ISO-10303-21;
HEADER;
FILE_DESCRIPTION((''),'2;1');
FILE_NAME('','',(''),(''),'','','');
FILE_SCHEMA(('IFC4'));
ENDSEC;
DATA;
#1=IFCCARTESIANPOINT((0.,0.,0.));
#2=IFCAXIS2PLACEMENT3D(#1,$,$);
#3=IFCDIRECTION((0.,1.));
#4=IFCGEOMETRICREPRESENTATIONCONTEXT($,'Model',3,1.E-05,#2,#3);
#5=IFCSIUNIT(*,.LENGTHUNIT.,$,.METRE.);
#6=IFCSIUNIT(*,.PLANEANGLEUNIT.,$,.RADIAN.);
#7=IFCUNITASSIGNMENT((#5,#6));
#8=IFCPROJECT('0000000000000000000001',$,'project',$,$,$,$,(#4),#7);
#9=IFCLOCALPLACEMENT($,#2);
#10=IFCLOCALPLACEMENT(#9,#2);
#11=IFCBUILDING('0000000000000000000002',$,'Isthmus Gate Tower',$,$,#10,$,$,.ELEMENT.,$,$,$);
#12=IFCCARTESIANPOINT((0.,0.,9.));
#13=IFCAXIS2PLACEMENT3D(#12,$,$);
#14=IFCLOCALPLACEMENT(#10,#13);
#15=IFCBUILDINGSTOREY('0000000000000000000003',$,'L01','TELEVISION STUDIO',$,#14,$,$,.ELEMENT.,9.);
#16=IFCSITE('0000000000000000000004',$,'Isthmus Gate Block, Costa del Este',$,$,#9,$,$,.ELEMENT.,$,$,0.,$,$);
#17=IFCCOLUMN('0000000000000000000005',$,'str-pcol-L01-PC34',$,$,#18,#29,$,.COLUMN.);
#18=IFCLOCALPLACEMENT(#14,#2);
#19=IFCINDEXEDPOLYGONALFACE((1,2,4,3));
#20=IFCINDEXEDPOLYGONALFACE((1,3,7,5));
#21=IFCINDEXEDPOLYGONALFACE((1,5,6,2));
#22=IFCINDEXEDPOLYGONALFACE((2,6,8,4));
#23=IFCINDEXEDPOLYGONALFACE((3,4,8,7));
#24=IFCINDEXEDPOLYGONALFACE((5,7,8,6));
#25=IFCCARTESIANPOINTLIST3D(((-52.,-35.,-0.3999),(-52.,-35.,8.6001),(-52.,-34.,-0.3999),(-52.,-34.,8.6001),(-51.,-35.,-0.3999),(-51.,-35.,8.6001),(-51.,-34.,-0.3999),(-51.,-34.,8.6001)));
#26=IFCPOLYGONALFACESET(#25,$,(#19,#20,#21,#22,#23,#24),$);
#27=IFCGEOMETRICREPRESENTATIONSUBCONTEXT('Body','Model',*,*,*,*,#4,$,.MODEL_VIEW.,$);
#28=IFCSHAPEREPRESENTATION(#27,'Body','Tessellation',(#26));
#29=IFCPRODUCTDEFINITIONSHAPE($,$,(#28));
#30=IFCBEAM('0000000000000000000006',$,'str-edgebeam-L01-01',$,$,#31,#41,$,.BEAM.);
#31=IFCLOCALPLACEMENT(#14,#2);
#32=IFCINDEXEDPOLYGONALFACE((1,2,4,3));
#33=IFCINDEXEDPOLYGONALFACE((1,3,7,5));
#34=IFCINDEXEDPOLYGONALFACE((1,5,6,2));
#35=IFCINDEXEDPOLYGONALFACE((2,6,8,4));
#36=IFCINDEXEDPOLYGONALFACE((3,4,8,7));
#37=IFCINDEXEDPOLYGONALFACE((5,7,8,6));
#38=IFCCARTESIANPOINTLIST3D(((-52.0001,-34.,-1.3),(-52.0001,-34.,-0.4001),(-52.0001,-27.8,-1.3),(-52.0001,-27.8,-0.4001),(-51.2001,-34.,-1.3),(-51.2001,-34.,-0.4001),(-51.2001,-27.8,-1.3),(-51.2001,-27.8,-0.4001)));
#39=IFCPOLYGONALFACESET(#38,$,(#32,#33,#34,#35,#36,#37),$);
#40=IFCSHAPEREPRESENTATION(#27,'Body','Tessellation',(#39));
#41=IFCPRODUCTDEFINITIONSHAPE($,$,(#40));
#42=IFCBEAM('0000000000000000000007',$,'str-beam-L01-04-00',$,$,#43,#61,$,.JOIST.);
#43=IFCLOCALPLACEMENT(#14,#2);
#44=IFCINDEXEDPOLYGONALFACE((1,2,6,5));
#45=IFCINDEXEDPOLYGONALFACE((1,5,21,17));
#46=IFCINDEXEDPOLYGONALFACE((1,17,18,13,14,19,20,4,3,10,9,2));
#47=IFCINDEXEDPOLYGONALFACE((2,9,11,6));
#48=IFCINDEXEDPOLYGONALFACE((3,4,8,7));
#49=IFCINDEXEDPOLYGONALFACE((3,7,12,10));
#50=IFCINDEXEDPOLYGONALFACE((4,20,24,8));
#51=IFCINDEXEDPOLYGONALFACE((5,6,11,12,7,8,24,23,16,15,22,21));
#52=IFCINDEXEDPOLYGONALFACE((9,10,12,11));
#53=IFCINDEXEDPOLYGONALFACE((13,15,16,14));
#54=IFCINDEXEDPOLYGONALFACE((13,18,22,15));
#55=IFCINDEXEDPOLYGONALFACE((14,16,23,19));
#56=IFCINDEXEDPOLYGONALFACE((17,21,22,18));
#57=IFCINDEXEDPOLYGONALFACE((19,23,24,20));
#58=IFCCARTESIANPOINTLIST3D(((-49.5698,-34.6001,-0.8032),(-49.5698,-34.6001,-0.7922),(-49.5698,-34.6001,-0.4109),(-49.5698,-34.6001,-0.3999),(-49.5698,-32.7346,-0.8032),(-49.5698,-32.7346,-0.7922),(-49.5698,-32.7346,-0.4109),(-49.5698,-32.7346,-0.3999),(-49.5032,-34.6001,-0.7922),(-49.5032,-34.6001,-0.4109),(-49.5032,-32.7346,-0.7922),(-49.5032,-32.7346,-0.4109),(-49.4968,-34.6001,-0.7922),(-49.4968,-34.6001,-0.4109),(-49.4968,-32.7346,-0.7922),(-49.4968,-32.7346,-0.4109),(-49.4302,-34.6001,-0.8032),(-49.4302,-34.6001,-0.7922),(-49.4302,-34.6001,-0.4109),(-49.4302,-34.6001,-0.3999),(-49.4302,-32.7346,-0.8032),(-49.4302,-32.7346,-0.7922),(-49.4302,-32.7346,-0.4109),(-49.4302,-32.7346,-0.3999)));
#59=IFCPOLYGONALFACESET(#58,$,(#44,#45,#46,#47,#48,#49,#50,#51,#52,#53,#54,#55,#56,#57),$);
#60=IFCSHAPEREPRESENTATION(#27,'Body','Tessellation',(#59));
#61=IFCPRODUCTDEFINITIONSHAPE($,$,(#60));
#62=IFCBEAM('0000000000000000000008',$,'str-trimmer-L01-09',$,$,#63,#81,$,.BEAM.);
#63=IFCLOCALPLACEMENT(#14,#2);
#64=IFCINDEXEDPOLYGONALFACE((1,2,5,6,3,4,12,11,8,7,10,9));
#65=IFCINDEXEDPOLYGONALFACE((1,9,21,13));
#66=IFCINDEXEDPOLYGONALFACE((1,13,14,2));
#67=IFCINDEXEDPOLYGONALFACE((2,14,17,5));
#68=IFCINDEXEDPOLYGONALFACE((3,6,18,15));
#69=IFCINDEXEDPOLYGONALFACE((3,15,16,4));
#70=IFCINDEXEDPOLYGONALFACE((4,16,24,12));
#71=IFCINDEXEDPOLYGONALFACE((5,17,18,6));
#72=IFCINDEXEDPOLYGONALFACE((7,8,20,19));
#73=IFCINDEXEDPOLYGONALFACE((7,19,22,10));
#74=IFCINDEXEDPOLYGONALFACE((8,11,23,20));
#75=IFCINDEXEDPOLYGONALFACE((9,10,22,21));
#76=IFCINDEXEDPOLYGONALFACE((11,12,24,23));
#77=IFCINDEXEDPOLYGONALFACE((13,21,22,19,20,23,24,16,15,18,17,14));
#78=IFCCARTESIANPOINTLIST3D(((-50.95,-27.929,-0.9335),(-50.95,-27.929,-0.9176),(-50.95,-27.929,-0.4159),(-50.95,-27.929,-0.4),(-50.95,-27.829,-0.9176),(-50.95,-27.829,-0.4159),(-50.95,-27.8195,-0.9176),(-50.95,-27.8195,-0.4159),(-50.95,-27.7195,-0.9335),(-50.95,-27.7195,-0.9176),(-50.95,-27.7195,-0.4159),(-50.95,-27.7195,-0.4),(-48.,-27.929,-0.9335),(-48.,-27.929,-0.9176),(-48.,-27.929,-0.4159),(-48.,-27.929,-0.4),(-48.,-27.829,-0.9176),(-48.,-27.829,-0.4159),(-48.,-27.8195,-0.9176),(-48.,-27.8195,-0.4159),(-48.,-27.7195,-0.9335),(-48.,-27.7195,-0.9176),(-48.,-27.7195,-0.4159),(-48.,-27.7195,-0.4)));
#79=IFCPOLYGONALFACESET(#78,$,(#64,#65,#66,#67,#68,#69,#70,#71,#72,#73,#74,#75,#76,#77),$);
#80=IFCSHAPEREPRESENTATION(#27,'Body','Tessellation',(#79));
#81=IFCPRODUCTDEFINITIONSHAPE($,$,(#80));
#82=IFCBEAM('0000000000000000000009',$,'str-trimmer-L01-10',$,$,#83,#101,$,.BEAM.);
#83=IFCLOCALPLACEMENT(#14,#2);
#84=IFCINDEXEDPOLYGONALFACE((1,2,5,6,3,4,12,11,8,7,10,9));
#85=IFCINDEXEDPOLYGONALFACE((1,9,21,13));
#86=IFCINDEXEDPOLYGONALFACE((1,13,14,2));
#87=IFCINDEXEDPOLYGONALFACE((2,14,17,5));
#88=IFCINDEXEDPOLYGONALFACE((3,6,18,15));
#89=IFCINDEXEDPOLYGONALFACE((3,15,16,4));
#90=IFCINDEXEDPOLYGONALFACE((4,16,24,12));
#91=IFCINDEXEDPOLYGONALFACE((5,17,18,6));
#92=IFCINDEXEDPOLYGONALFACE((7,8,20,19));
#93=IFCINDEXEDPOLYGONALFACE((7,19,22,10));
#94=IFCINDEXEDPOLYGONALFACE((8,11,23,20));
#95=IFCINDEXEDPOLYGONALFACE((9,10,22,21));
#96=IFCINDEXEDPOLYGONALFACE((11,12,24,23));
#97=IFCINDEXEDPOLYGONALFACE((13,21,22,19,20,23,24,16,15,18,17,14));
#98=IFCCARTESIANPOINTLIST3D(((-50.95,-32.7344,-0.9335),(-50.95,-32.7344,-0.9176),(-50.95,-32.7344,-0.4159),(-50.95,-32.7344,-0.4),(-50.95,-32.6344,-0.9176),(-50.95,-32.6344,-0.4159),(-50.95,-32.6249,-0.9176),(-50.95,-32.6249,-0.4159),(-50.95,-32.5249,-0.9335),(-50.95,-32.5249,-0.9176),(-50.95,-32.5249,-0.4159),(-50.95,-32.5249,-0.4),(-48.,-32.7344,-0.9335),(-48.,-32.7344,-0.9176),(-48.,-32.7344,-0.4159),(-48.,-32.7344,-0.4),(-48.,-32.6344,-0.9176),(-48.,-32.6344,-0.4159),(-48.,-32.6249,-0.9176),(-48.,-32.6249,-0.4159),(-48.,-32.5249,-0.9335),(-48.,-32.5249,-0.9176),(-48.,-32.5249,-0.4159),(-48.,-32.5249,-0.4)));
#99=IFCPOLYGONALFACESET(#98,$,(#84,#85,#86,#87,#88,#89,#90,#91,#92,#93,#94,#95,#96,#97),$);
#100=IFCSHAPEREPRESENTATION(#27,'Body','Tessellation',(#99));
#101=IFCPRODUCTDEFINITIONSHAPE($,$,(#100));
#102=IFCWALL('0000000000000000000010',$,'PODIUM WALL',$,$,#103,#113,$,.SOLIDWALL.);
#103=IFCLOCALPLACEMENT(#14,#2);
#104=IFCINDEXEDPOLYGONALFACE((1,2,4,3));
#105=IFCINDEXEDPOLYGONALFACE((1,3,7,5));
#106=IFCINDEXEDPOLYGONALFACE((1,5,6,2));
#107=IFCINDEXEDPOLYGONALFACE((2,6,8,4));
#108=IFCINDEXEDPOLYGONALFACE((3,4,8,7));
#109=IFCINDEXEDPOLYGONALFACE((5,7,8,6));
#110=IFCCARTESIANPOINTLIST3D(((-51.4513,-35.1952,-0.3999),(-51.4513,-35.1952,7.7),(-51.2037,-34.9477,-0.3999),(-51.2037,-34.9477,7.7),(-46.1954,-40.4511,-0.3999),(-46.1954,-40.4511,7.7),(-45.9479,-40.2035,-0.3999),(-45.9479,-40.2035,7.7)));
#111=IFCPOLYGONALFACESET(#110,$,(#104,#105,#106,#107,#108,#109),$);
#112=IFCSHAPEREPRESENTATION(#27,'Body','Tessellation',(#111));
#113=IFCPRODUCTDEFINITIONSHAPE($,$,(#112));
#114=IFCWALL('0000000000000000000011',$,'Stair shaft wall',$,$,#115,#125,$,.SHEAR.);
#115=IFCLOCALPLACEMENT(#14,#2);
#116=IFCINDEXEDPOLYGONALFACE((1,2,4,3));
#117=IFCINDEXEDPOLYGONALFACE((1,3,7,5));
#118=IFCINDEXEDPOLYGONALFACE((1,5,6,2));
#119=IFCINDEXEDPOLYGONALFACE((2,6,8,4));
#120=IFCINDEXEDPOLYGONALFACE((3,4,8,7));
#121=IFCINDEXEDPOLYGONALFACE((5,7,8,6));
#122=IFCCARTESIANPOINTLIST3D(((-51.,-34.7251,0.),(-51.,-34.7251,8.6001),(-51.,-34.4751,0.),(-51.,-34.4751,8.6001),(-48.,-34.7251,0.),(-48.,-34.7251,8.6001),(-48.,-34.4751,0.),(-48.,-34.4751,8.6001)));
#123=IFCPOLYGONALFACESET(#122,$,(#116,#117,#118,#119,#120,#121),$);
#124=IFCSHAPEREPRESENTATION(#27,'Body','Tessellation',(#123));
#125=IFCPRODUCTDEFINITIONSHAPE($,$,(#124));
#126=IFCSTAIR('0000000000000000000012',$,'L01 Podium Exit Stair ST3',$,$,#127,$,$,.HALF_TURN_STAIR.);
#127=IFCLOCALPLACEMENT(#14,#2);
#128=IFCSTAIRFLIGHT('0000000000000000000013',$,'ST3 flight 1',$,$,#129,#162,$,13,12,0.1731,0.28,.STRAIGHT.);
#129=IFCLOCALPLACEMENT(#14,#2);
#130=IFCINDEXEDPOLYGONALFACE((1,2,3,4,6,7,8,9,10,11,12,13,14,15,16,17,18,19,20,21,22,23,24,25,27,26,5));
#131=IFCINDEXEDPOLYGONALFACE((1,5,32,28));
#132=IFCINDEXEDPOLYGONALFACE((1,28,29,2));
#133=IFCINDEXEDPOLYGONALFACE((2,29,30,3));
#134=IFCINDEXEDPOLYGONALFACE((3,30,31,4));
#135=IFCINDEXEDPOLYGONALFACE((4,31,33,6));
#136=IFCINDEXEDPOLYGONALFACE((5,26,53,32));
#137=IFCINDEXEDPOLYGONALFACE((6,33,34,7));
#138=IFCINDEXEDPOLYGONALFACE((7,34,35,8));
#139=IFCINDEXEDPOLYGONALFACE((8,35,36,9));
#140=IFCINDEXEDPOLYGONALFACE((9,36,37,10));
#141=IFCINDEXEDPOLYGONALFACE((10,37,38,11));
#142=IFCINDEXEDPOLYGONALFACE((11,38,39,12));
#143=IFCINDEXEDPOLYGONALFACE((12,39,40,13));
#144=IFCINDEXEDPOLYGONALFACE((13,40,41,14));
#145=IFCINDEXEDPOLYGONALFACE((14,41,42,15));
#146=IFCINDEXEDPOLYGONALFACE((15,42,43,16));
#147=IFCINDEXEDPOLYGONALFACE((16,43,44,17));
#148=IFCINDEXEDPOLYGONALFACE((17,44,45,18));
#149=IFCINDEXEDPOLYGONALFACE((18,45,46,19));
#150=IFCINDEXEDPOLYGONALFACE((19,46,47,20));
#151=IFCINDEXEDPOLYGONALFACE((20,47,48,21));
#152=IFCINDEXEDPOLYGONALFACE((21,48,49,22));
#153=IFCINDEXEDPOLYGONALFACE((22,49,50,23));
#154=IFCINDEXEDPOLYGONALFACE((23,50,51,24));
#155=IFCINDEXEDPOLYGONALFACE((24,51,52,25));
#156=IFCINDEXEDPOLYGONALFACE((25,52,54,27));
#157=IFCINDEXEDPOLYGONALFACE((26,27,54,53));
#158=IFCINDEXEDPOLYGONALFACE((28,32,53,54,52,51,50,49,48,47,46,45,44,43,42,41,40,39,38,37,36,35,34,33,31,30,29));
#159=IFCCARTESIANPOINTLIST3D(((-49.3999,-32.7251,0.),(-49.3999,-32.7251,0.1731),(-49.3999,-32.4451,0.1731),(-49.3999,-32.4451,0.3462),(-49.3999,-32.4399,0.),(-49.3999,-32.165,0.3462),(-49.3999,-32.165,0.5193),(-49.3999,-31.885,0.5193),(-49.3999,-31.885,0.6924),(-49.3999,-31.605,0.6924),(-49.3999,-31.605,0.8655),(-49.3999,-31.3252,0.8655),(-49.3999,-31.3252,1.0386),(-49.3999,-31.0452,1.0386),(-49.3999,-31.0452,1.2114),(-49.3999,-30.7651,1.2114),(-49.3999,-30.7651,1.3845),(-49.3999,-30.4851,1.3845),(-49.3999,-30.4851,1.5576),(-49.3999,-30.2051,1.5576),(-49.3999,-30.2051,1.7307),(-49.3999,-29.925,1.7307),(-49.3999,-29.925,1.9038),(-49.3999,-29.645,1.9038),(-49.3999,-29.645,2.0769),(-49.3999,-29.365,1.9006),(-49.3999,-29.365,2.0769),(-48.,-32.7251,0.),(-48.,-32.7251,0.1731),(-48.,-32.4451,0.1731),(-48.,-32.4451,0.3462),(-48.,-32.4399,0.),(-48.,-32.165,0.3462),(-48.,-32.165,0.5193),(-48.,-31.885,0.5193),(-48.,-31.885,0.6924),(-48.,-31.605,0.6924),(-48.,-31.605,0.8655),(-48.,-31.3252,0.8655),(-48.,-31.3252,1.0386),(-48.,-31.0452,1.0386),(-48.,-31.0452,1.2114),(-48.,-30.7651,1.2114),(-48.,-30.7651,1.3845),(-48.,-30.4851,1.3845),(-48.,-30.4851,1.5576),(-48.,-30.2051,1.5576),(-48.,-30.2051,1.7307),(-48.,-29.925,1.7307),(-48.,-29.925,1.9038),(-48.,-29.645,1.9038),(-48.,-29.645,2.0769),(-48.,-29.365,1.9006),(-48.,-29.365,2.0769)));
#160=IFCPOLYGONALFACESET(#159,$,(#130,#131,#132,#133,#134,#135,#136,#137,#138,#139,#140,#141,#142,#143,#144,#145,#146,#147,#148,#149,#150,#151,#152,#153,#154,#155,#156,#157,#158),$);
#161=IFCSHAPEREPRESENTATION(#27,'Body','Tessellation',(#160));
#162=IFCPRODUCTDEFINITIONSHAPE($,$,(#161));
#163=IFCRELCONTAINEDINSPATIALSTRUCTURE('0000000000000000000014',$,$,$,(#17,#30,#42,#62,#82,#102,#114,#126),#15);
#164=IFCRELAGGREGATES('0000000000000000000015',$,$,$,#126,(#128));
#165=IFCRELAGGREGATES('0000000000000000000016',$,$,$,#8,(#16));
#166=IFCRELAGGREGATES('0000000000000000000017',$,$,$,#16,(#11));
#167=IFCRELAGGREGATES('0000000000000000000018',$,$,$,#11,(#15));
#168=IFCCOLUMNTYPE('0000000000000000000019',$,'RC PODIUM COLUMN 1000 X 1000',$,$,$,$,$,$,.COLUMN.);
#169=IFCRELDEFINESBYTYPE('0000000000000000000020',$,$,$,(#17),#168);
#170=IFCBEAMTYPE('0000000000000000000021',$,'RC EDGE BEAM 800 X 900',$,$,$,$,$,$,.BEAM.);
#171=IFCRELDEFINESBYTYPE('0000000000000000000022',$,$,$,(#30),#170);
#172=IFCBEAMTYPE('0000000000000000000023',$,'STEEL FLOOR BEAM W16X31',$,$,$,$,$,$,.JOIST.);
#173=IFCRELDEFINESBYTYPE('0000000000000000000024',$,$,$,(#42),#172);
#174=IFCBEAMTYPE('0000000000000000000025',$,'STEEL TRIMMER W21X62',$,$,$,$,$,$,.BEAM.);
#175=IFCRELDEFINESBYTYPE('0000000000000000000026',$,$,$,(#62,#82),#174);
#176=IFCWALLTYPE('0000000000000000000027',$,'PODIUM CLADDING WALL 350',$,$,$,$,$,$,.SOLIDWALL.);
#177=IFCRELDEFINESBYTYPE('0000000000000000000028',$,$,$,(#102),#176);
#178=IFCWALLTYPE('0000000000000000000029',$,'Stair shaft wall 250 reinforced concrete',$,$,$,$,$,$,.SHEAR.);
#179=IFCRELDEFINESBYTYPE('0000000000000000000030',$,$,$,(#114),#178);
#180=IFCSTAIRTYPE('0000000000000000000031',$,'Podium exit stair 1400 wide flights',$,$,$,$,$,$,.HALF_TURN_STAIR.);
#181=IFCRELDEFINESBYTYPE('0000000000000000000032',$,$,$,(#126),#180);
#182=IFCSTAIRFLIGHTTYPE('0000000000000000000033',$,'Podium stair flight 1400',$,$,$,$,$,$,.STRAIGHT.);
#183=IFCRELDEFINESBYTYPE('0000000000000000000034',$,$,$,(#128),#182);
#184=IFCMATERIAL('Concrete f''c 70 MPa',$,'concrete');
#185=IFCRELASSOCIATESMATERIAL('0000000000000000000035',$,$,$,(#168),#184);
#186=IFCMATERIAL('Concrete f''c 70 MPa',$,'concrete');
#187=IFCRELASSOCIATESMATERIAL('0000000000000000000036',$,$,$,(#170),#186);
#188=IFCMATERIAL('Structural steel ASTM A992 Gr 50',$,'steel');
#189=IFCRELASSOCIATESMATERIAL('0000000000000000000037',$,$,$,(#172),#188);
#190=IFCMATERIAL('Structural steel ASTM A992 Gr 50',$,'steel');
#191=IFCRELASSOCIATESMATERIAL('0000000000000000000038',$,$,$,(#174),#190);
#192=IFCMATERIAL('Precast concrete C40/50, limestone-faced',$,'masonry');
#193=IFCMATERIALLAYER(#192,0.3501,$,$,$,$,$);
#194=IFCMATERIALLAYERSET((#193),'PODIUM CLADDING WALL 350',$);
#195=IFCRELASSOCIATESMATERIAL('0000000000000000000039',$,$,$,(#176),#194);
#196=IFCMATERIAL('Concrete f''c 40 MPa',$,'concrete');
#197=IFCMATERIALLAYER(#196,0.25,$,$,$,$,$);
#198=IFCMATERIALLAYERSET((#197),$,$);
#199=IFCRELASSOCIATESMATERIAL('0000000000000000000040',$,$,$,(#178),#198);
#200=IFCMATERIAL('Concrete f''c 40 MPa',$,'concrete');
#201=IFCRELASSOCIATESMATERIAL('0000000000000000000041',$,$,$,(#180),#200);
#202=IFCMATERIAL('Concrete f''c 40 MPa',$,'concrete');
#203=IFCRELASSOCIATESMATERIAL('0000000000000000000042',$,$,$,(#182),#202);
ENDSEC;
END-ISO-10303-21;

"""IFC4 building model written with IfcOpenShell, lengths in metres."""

from ifc_helpers import new_model, si_unit, direction, frame, frame_2d, origin, origin_2d, place, context, subcontext, project, spatial, polyline, rectangle, i_section, outline, extrude, material, layer, layer_set, material_profile, profile_set, type_object, element, aggregate, save


model = new_model("IFC4")

# Units and contexts
model_context = context("Model", 3, precision=1e-05, world=origin(), true_north=direction((0.0, 1.0)))
body_context = subcontext(model_context, "Body", "Model", "MODEL_VIEW")
ifc_project = project(units=[si_unit("LENGTHUNIT", "METRE"), si_unit("PLANEANGLEUNIT", "RADIAN")], contexts=[model_context])

# Site, building, storey
site_placement = place(None, origin())
site = spatial("IfcSite", under=ifc_project, at=site_placement, Name="Isthmus Gate Block, Costa del Este", CompositionType="ELEMENT", RefElevation=0.0)
building_placement = place(site_placement, origin())
building = spatial("IfcBuilding", under=site, at=building_placement, Name="Isthmus Gate Tower", CompositionType="ELEMENT")
storey_placement = place(building_placement, frame((0.0, 0.0, 9.0)))
storey = spatial("IfcBuildingStorey", under=building, at=storey_placement, Name="L01", Description="TELEVISION STUDIO", CompositionType="ELEMENT", Elevation=9.0)

# Column
ifc_material_1 = material(Name="Concrete f'c 70 MPa", Category="concrete")
ifc_material_profile_1 = material_profile(ifc_material_1, rectangle(XDim=1.0, YDim=1.0, at=origin_2d()), Name="RC 1000X1000")
ifc_profile_set_1 = profile_set([ifc_material_profile_1], Name="Concrete f'c 70 MPa")
column_type = type_object("IfcColumnType", Name="RC PODIUM COLUMN 1000 X 1000", PredefinedType="COLUMN", material=ifc_profile_set_1)
column_placement = place(storey_placement, frame((-51.5, -34.5, -0.3999), z_axis=(0.0, 0.0, 1.0), x_axis=(0.0, -1.0, 0.0)))
element("IfcColumn", 1, at=column_placement, inside=storey, type_object=column_type, Name="str-pcol-L01-PC34", PredefinedType="COLUMN", context=body_context, shape_type="SweptSolid", body=[
    extrude(rectangle(XDim=1.0, YDim=1.0, at=origin_2d()), origin(), (0.0, 0.0, 1.0), 9.0),
])

# Beams
ifc_material_2 = material(Name="Concrete f'c 70 MPa", Category="concrete")
ifc_material_profile_2 = material_profile(ifc_material_2, rectangle(XDim=0.8, YDim=0.8999, at=origin_2d()), Name="RC 800X900")
ifc_profile_set_2 = profile_set([ifc_material_profile_2], Name="Concrete f'c 70 MPa")
beam_type_1 = type_object("IfcBeamType", Name="RC EDGE BEAM 800 X 900", PredefinedType="BEAM", material=ifc_profile_set_2)
beam_1_placement = place(storey_placement, frame((-51.6001, -34.0, -0.8501), z_axis=(0.0, 1.0, 0.0), x_axis=(-1.0, 0.0, 0.0)))
element("IfcBeam", 2, at=beam_1_placement, inside=storey, type_object=beam_type_1, Name="str-edgebeam-L01-01", PredefinedType="BEAM", context=body_context, shape_type="SweptSolid", body=[
    extrude(rectangle(XDim=0.8, YDim=0.8999, at=origin_2d()), origin(), (0.0, 0.0, 1.0), 6.2),
])
ifc_material_3 = material(Name="Structural steel ASTM A992 Gr 50", Category="steel")
ifc_material_profile_3 = material_profile(ifc_material_3, i_section(OverallWidth=0.1396, OverallDepth=0.4033, WebThickness=0.0063, FlangeThickness=0.011, at=origin_2d()), Name="W16X31")
ifc_profile_set_3 = profile_set([ifc_material_profile_3], Name="Structural steel ASTM A992 Gr 50")
beam_type_2 = type_object("IfcBeamType", Name="STEEL FLOOR BEAM W16X31", PredefinedType="JOIST", material=ifc_profile_set_3)
beam_2_placement = place(storey_placement, frame((-49.5, -34.6001, -0.6016), z_axis=(0.0, 1.0, 0.0), x_axis=(-1.0, 0.0, 0.0)))
element("IfcBeam", 3, at=beam_2_placement, inside=storey, type_object=beam_type_2, Name="str-beam-L01-04-00", PredefinedType="JOIST", context=body_context, shape_type="SweptSolid", body=[
    extrude(i_section(OverallWidth=0.1396, OverallDepth=0.4033, WebThickness=0.0063, FlangeThickness=0.011, at=origin_2d()), origin(), (0.0, 0.0, 1.0), 1.8655),
])
ifc_material_4 = material(Name="Structural steel ASTM A992 Gr 50", Category="steel")
ifc_material_profile_4 = material_profile(ifc_material_4, i_section(OverallWidth=0.2095, OverallDepth=0.5334, WebThickness=0.0095, FlangeThickness=0.0159, at=origin_2d()), Name="W21X62")
ifc_profile_set_4 = profile_set([ifc_material_profile_4], Name="Structural steel ASTM A992 Gr 50")
beam_type_3 = type_object("IfcBeamType", Name="STEEL TRIMMER W21X62", PredefinedType="BEAM", material=ifc_profile_set_4)
for number, where, z_axis, x_axis, name in (
    (4, (-48.0, -27.8242, -0.6667), (-1.0, 0.0, 0.0), (0.0, -1.0, 0.0), "str-trimmer-L01-09"),
    (5, (-50.95, -32.6296, -0.6667), (1.0, 0.0, 0.0), (0.0, 1.0, 0.0), "str-trimmer-L01-10"),
):
    element("IfcBeam", number, at=place(storey_placement, frame(where, z_axis=z_axis, x_axis=x_axis)), inside=storey, type_object=beam_type_3, Name=name, PredefinedType="BEAM", context=body_context, shape_type="SweptSolid", body=[
        extrude(i_section(OverallWidth=0.2095, OverallDepth=0.5334, WebThickness=0.0095, FlangeThickness=0.0159, at=origin_2d()), origin(), (0.0, 0.0, 1.0), 2.95),
    ])

# Walls
ifc_material_5 = material(Name="Precast concrete C40/50, limestone-faced", Category="masonry")
ifc_layer_1 = layer(ifc_material_5, 0.3501)
ifc_layer_set_1 = layer_set([ifc_layer_1], Name="PODIUM CLADDING WALL 350")
wall_type_1 = type_object("IfcWallType", Name="PODIUM CLADDING WALL 350", PredefinedType="SOLIDWALL", material=ifc_layer_set_1)
wall_1_placement = place(storey_placement, frame((-51.3274, -35.0715, -0.3999), z_axis=(0.0, 0.0, 1.0), x_axis=(0.707107, -0.707107, 0.0)))
element("IfcWall", 6, at=wall_1_placement, inside=storey, type_object=wall_type_1, Name="PODIUM WALL", PredefinedType="SOLIDWALL", context=body_context, shape_type="SweptSolid", body=[
    extrude(rectangle(XDim=7.4329, YDim=0.3501, at=frame_2d((3.7163, 0.0))), origin(), (0.0, 0.0, 1.0), 8.0999),
])
ifc_material_6 = material(Name="Concrete f'c 40 MPa", Category="concrete")
ifc_layer_2 = layer(ifc_material_6, 0.25)
ifc_layer_set_2 = layer_set([ifc_layer_2])
wall_type_2 = type_object("IfcWallType", Name="Stair shaft wall 250 reinforced concrete", PredefinedType="SHEAR", material=ifc_layer_set_2)
wall_2_placement = place(storey_placement, frame((-51.0, -34.6001, 0.0), z_axis=(0.0, 0.0, 1.0), x_axis=(1.0, 0.0, 0.0)))
element("IfcWall", 7, at=wall_2_placement, inside=storey, type_object=wall_type_2, Name="Stair shaft wall", PredefinedType="SHEAR", context=body_context, shape_type="SweptSolid", body=[
    extrude(rectangle(XDim=3.0, YDim=0.25, at=frame_2d((1.5, 0.0))), origin(), (0.0, 0.0, 1.0), 8.6001),
])

# Stair, stair flight
ifc_material_7 = material(Name="Concrete f'c 40 MPa", Category="concrete")
stair_type = type_object("IfcStairType", Name="Podium exit stair 1400 wide flights", PredefinedType="HALF_TURN_STAIR", material=ifc_material_7)
stair_placement = place(storey_placement, origin())
stair = element("IfcStair", 8, at=stair_placement, inside=storey, type_object=stair_type, Name="L01 Podium Exit Stair ST3", PredefinedType="HALF_TURN_STAIR")
ifc_material_8 = material(Name="Concrete f'c 40 MPa", Category="concrete")
stair_flight_type = type_object("IfcStairFlightType", Name="Podium stair flight 1400", PredefinedType="STRAIGHT", material=ifc_material_8)
stair_flight_1_placement = place(storey_placement, frame((-48.7, -32.7251, 0.0), z_axis=(0.0, 0.0, 1.0), x_axis=(0.0, 1.0, 0.0)))
stair_flight_1 = element("IfcStairFlight", 9, at=stair_flight_1_placement, type_object=stair_flight_type, Name="ST3 flight 1", NumberOfRisers=13, NumberOfTreads=12, PredefinedType="STRAIGHT", RiserHeight=0.1731, TreadLength=0.28, context=body_context, shape_type="SweptSolid", body=[
    extrude(outline(polyline([(0.0, 0.0), (0.0, 0.1731), (0.28, 0.1731), (0.28, 0.3462), (0.5601, 0.3462), (0.5601, 0.5193), (0.8401, 0.5193), (0.8401, 0.6924), (1.1201, 0.6924), (1.1201, 0.8655), (1.3999, 0.8655), (1.3999, 1.0386), (1.6799, 1.0386), (1.6799, 1.2114), (1.96, 1.2114), (1.96, 1.3845), (2.24, 1.3845), (2.24, 1.5576), (2.52, 1.5576), (2.52, 1.7307), (2.8, 1.7307), (2.8, 1.9038), (3.0801, 1.9038), (3.0801, 2.0769), (3.3601, 2.0769), (3.3601, 2.25), (3.3601, 1.9006), (0.2852, 0.0), (0.0, 0.0)])), frame((0.0, 0.7, 0.0), z_axis=(0.0, -1.0, 0.0), x_axis=(1.0, 0.0, 0.0)), (0.0, 0.0, 1.0), 1.3999),
])
aggregate(stair, [stair_flight_1])

save(model, "model.ifc")
